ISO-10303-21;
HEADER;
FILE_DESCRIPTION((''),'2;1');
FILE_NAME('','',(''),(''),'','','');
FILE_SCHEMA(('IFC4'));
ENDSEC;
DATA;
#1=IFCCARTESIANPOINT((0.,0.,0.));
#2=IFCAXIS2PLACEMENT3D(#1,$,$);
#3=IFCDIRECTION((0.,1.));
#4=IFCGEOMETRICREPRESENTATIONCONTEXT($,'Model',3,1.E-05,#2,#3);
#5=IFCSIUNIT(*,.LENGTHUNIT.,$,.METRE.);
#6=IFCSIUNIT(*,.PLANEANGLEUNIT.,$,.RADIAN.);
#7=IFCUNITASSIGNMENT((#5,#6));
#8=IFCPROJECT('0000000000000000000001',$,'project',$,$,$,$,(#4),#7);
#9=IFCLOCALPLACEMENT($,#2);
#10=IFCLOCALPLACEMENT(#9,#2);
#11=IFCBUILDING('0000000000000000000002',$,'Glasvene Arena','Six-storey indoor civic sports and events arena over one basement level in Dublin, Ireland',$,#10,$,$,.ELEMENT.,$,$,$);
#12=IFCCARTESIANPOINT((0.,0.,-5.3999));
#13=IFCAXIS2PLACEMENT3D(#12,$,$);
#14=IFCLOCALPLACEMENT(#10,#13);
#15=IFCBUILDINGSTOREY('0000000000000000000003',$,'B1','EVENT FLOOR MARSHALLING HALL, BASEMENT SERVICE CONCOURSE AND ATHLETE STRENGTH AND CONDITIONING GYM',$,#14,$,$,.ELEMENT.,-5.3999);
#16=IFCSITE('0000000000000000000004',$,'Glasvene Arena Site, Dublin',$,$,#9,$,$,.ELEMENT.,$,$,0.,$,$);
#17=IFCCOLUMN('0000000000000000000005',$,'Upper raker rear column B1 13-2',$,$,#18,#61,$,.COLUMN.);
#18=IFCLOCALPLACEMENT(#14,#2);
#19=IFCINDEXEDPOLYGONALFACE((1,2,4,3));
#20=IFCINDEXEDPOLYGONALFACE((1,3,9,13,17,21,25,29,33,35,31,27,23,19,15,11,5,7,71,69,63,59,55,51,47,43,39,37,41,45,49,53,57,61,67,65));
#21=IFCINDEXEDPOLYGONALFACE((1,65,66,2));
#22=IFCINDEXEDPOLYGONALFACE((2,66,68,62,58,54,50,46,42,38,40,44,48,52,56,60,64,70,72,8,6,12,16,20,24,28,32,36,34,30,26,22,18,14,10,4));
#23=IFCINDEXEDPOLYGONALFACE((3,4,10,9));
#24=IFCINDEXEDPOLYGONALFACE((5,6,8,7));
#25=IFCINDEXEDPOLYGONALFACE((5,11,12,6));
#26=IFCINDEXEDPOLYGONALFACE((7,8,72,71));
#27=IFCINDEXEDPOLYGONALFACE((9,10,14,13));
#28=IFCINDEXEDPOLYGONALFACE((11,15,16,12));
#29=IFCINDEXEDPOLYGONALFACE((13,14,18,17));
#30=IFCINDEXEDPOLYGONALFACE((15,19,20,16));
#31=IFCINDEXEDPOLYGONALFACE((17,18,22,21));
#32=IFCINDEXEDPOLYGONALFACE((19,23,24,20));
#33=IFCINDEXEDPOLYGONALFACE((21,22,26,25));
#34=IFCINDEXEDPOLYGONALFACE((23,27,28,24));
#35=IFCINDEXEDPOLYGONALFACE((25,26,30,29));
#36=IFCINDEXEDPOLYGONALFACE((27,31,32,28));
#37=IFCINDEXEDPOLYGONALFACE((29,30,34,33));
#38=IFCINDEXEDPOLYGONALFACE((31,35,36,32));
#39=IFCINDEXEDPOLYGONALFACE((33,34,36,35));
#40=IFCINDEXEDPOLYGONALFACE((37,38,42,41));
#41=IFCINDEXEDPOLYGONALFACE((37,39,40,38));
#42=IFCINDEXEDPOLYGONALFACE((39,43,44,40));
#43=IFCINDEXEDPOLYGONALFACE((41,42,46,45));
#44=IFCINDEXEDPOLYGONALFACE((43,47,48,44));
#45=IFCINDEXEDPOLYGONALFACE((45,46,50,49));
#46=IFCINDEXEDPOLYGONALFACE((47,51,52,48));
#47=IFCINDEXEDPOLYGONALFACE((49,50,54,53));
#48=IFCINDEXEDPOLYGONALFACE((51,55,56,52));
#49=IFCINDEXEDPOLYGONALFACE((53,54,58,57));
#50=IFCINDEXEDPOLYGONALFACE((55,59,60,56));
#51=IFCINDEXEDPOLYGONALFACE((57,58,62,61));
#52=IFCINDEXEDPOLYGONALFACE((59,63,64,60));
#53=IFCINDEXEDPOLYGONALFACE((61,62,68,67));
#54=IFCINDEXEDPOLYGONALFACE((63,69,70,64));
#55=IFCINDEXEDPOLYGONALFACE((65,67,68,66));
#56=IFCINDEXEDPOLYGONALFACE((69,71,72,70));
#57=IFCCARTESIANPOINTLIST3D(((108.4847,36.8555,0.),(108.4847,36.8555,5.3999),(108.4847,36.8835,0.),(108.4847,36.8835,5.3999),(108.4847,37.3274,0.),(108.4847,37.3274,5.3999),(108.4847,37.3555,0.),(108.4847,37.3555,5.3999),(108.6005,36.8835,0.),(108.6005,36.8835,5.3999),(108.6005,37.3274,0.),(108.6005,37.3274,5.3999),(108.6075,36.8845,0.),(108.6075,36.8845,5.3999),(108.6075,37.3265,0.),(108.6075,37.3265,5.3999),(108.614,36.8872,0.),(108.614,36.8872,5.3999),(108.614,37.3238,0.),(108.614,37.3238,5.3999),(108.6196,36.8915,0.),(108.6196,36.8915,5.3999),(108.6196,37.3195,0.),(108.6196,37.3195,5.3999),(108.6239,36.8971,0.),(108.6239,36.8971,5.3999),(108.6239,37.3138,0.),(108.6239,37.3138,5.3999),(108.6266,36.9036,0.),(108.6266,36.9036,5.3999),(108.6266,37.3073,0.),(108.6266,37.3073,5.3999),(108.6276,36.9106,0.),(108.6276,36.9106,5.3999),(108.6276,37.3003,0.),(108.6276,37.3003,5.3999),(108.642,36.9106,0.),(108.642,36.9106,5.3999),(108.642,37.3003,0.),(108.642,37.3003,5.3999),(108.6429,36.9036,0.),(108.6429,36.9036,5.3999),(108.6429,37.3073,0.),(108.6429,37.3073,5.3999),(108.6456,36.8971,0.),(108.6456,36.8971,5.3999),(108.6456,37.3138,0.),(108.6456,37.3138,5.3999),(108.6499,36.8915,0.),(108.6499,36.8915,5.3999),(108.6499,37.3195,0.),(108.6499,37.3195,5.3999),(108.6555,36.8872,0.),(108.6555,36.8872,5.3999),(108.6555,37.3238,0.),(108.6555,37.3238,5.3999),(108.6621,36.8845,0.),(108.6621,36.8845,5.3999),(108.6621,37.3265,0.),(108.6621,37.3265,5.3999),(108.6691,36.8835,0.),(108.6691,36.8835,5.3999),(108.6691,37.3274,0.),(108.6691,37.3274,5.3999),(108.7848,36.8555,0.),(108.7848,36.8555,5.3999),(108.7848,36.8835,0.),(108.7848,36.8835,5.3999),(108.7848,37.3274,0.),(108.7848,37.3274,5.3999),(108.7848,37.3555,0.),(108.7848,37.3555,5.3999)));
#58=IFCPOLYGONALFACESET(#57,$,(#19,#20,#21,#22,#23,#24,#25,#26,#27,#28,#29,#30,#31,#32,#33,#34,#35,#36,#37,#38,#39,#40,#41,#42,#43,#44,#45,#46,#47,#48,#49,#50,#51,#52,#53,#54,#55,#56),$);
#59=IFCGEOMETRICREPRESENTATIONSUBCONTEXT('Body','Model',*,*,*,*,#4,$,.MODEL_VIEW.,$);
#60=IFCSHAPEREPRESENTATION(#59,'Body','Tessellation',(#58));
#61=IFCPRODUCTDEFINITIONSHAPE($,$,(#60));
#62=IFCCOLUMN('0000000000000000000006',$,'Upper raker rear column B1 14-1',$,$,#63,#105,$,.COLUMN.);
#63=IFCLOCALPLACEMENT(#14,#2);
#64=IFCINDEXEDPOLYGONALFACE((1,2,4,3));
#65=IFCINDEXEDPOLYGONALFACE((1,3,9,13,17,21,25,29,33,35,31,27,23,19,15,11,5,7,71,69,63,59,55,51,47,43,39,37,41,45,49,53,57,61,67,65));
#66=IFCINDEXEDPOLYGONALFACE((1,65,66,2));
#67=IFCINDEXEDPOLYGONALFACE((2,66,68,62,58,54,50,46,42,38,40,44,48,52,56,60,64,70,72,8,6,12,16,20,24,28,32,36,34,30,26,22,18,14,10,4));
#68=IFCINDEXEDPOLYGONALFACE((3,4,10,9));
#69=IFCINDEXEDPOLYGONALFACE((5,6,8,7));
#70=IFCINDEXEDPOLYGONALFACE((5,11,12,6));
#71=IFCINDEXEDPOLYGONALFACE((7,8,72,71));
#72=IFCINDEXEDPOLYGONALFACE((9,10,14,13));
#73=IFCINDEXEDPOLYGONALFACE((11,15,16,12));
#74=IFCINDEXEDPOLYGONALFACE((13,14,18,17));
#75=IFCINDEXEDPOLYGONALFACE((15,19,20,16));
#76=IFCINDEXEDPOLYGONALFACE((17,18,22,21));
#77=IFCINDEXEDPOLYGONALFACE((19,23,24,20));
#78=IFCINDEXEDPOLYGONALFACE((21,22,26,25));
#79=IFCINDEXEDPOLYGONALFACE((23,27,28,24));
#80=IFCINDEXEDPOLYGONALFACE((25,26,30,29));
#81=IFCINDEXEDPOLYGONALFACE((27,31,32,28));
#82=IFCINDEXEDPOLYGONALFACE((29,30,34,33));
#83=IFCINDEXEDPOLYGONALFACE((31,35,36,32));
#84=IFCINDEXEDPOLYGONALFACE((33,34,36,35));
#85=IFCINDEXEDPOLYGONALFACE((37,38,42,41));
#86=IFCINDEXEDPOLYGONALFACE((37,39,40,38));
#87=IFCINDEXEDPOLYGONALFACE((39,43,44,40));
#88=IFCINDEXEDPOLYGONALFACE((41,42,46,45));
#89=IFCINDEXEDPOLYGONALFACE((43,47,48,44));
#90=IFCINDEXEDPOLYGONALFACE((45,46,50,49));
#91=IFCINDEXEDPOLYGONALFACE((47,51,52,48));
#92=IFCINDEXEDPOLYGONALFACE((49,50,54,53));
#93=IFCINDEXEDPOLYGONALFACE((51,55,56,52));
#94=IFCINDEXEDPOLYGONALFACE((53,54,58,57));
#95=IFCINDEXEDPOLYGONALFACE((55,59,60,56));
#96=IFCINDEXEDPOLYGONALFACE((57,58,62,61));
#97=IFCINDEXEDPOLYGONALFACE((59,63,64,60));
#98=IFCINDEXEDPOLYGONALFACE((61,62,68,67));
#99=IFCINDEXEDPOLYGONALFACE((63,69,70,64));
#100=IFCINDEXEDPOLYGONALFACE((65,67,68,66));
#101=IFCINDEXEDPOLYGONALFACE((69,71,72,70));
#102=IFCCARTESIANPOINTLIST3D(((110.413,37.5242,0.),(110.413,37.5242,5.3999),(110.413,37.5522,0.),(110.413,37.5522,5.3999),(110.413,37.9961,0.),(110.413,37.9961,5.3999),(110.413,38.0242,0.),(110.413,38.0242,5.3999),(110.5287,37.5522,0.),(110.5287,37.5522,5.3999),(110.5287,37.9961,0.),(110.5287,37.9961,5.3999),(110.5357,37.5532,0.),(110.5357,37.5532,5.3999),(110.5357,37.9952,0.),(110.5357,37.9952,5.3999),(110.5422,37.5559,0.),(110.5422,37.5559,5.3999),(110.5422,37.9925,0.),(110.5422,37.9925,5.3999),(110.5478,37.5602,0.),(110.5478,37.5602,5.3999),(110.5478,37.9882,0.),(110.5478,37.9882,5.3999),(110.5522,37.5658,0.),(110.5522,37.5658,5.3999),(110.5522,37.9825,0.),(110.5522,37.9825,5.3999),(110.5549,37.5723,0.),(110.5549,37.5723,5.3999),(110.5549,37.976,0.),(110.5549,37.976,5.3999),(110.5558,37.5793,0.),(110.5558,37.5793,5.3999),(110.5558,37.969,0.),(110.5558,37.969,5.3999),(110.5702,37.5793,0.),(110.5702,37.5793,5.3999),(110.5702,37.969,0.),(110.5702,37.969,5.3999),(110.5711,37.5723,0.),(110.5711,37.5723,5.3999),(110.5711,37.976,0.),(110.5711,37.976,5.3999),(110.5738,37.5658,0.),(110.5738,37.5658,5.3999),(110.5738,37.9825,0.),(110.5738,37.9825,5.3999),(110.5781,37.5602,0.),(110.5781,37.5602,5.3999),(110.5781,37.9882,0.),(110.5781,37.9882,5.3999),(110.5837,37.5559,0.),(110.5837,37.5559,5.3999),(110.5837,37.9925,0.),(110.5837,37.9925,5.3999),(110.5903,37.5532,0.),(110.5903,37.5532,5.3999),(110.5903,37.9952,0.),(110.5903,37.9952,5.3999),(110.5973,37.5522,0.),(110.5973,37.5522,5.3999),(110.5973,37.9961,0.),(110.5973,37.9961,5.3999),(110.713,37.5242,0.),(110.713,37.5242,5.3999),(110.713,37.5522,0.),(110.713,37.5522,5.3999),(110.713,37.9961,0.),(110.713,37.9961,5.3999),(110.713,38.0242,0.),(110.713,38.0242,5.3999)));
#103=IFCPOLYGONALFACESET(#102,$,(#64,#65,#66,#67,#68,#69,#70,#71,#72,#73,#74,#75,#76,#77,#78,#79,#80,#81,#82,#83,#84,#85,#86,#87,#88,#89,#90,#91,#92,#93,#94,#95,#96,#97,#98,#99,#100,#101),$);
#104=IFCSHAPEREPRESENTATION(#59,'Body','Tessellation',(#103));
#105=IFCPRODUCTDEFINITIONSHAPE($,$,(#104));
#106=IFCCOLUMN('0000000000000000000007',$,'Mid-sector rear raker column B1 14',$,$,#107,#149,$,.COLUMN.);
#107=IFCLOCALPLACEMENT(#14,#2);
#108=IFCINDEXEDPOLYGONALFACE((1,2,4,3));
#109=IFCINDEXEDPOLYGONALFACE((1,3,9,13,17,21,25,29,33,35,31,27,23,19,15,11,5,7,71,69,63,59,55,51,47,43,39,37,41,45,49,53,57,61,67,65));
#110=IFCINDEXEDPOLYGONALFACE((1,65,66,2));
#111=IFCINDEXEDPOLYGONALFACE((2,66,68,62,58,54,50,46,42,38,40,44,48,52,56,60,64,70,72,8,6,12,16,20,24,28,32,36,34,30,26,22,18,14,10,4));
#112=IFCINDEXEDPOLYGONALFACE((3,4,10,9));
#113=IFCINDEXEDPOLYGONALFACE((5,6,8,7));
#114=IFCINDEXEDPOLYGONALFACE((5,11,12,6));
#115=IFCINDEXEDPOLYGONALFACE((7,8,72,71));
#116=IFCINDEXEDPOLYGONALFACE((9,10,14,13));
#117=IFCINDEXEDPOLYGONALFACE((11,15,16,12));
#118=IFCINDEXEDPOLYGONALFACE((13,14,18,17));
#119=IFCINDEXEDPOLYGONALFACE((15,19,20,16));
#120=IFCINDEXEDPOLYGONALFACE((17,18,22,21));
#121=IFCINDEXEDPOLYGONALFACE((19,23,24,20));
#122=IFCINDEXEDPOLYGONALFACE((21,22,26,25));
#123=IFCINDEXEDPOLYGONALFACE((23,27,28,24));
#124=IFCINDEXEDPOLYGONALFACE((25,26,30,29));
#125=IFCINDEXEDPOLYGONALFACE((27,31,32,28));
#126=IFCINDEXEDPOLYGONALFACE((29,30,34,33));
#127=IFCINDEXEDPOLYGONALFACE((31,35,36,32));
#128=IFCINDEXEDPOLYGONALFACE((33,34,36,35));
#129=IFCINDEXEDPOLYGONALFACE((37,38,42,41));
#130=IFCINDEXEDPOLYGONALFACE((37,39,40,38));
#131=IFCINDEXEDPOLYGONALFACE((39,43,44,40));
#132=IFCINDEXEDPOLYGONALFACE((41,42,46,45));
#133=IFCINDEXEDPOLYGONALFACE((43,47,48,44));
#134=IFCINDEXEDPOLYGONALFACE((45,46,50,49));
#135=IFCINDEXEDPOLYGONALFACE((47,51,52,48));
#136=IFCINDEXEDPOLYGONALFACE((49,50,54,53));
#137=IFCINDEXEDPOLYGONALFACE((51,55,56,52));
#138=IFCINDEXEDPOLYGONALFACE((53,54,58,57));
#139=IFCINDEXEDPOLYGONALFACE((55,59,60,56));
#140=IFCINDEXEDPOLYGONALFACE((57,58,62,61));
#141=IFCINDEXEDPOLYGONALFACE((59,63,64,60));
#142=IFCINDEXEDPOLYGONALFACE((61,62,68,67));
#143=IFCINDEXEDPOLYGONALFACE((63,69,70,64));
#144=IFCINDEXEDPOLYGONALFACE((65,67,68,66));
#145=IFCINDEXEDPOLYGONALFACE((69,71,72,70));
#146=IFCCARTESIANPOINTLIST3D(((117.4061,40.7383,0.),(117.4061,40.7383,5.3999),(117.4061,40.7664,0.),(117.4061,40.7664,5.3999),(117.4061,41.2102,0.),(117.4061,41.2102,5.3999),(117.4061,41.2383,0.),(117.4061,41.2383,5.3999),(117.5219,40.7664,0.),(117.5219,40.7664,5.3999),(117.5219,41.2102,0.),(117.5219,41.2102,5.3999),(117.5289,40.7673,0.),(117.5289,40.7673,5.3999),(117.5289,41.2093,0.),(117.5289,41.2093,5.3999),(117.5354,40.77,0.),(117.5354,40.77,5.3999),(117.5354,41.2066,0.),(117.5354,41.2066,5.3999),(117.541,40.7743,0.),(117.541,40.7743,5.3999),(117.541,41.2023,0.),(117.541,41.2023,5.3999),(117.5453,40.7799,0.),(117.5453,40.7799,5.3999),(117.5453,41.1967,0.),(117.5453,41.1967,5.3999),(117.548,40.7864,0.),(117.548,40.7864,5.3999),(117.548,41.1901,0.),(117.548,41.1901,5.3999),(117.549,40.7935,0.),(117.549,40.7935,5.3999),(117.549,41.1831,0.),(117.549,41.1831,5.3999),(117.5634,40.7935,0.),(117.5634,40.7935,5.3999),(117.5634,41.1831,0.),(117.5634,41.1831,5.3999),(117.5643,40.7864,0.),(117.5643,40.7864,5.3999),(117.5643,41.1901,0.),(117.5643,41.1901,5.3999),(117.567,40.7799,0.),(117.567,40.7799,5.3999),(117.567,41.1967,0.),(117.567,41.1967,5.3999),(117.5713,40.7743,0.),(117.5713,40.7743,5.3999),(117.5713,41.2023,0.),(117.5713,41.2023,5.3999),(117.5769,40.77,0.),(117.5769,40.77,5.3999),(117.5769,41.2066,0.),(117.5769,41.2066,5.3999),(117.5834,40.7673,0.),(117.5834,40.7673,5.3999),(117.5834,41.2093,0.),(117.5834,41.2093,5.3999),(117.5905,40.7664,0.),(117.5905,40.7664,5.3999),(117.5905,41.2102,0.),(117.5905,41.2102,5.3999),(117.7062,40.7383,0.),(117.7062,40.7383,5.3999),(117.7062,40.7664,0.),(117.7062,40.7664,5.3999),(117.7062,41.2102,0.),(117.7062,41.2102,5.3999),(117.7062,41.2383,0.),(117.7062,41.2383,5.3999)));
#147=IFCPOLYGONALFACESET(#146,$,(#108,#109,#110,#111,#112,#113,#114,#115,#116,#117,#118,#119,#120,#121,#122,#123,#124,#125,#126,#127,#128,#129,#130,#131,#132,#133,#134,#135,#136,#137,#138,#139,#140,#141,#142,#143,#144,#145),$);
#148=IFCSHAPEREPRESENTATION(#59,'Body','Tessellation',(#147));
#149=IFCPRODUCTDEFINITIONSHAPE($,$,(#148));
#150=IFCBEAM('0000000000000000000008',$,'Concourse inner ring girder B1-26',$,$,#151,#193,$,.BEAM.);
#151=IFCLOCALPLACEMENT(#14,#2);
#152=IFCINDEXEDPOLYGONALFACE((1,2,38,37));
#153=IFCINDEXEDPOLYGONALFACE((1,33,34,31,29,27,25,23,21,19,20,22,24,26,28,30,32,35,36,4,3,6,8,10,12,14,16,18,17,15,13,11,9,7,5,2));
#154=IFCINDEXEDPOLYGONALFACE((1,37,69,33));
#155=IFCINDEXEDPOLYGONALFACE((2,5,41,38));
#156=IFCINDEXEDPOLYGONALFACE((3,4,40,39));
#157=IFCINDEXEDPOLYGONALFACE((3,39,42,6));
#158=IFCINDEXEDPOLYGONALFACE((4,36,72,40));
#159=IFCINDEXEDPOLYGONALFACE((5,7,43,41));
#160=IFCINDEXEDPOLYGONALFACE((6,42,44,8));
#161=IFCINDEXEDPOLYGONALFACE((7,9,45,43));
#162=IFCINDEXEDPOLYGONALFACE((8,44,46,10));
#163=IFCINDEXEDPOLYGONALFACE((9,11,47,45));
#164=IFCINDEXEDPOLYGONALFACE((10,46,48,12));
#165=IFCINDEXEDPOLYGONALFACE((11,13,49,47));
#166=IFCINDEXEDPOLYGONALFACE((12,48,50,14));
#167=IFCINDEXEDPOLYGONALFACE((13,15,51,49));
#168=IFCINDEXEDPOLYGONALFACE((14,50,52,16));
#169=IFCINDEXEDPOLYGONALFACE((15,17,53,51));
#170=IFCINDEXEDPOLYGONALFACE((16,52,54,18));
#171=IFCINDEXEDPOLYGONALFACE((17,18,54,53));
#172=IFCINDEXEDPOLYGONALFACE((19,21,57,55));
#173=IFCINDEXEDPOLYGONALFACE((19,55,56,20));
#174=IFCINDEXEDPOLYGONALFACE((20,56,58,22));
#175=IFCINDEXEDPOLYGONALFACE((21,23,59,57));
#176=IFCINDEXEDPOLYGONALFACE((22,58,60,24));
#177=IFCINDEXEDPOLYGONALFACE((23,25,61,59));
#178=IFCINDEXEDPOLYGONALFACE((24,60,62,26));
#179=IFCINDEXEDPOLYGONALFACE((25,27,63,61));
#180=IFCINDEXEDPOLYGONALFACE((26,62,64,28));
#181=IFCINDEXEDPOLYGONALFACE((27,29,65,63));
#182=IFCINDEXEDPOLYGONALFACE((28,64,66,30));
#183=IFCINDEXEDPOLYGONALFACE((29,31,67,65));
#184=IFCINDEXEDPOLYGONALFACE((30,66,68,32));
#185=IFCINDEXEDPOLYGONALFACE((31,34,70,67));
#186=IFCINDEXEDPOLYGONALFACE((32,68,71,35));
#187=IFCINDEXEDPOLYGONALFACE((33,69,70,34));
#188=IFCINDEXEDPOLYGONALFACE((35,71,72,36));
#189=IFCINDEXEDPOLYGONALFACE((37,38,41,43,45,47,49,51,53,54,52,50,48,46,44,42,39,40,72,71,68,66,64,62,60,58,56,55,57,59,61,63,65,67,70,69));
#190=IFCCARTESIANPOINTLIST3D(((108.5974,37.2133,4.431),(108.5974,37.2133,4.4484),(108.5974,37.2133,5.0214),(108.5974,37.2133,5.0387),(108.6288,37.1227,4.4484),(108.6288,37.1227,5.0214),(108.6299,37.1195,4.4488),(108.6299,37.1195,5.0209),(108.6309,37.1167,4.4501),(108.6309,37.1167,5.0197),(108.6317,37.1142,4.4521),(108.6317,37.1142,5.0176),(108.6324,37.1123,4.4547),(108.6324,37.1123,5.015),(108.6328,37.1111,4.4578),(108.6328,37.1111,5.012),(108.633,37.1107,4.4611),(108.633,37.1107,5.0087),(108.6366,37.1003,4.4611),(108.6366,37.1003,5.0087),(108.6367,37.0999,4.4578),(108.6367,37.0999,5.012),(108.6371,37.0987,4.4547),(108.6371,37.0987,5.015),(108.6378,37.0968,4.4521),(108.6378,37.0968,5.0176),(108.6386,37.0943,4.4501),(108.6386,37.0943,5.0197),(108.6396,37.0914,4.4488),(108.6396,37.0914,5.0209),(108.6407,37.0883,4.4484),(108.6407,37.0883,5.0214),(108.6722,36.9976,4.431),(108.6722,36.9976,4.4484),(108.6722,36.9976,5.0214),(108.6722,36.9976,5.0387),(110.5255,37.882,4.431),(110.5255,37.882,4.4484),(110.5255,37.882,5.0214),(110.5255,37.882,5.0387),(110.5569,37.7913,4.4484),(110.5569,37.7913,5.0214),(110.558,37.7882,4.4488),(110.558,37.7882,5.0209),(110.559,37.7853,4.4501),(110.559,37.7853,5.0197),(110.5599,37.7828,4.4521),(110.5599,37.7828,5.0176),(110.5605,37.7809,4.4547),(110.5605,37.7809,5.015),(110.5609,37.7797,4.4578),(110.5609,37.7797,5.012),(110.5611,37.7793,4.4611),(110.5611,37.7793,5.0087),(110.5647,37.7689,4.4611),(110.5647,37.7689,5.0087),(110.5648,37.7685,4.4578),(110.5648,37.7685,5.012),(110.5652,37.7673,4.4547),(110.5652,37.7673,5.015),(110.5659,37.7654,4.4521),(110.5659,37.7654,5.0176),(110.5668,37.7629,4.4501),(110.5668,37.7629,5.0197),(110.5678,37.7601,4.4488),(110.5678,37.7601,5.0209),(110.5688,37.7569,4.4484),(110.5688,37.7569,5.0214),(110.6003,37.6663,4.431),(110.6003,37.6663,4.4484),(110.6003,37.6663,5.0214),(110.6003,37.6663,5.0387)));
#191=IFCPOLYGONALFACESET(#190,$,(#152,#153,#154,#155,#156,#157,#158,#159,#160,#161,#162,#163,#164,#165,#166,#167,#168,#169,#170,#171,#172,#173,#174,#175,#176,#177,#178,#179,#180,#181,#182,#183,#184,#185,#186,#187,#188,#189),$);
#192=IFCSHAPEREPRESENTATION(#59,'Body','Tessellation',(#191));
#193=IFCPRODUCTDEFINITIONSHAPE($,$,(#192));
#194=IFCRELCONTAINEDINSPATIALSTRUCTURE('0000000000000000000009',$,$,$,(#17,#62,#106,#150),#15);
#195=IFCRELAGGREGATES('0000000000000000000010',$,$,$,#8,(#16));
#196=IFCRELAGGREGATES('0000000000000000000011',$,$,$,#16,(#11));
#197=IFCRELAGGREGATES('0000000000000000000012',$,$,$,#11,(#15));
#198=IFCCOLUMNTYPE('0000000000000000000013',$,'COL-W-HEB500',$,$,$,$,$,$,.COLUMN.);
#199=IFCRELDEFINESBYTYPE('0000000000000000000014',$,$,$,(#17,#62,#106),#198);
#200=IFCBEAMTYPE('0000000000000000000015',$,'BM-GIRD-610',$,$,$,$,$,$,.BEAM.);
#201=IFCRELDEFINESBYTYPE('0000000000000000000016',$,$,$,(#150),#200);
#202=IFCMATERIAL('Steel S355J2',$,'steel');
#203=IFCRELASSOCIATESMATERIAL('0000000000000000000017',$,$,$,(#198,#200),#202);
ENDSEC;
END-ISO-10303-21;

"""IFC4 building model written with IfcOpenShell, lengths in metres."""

from ifc_helpers import new_model, si_unit, direction, frame, origin, origin_2d, place, context, subcontext, project, spatial, i_section, extrude, material, material_profile, profile_set, type_object, element, save


model = new_model("IFC4")

# Units and contexts
model_context = context("Model", 3, precision=1e-05, world=origin(), true_north=direction((0.0, 1.0)))
body_context = subcontext(model_context, "Body", "Model", "MODEL_VIEW")
ifc_project = project(units=[si_unit("LENGTHUNIT", "METRE"), si_unit("PLANEANGLEUNIT", "RADIAN")], contexts=[model_context])

# Site, building, storey
site_placement = place(None, origin())
site = spatial("IfcSite", under=ifc_project, at=site_placement, Name="Glasvene Arena Site, Dublin", CompositionType="ELEMENT", RefElevation=0.0)
building_placement = place(site_placement, origin())
building = spatial("IfcBuilding", under=site, at=building_placement, Name="Glasvene Arena", Description="Six-storey indoor civic sports and events arena over one basement level in Dublin, Ireland", CompositionType="ELEMENT")
storey_placement = place(building_placement, frame((0.0, 0.0, -5.3999)))
storey = spatial("IfcBuildingStorey", under=building, at=storey_placement, Name="B1", Description="EVENT FLOOR MARSHALLING HALL, BASEMENT SERVICE CONCOURSE AND ATHLETE STRENGTH AND CONDITIONING GYM", CompositionType="ELEMENT", Elevation=-5.3999)

# Columns
ifc_material_1 = material(Name="Steel S355J2", Category="steel")
ifc_material_profile_1 = material_profile(ifc_material_1, i_section(OverallWidth=0.3, OverallDepth=0.5, WebThickness=0.0144, FlangeThickness=0.0281, FilletRadius=0.0271, at=origin_2d()), Name="HEB 500")
ifc_profile_set_1 = profile_set([ifc_material_profile_1], Name="Steel S355J2")
column_type_1 = type_object("IfcColumnType", Name="COL-W-HEB500", PredefinedType="COLUMN", material=ifc_profile_set_1)
for number, where, z_axis, x_axis, name in (
    (1, (108.6348, 37.1055, 0.0), (0.0, 0.0, 1.0), (1.0, 0.0, 0.0), "Upper raker rear column B1 13-2"),
    (2, (110.563, 37.7742, 0.0), (0.0, 0.0, 1.0), (1.0, 0.0, 0.0), "Upper raker rear column B1 14-1"),
    (3, (117.5562, 40.9883, 0.0), (0.0, 0.0, 1.0), (1.0, 0.0, 0.0), "Mid-sector rear raker column B1 14"),
):
    element("IfcColumn", number, at=place(storey_placement, frame(where, z_axis=z_axis, x_axis=x_axis)), inside=storey, type_object=column_type_1, Name=name, PredefinedType="COLUMN", context=body_context, shape_type="SweptSolid", body=[
        extrude(i_section(OverallWidth=0.3, OverallDepth=0.5, WebThickness=0.0144, FlangeThickness=0.0281, FilletRadius=0.0271, at=origin_2d()), origin(), (0.0, 0.0, 1.0), 5.3999),
    ])

# Beam
ifc_material_profile_2 = material_profile(ifc_material_1, i_section(OverallWidth=0.2283, OverallDepth=0.6077, WebThickness=0.011, FlangeThickness=0.0173, FilletRadius=0.0127, at=origin_2d()), Name="UKB 610x229x113")
ifc_profile_set_2 = profile_set([ifc_material_profile_2], Name="Steel S355J2")
beam_type_1 = type_object("IfcBeamType", Name="BM-GIRD-610", PredefinedType="BEAM", material=ifc_profile_set_2)
beam_1_placement = place(storey_placement, frame((108.6348, 37.1055, 4.7349), z_axis=(0.944798, 0.327653, 0.0), x_axis=(-0.327653, 0.944798, 0.0)))
element("IfcBeam", 4, at=beam_1_placement, inside=storey, type_object=beam_type_1, Name="Concourse inner ring girder B1-26", PredefinedType="BEAM", context=body_context, shape_type="SweptSolid", body=[
    extrude(i_section(OverallWidth=0.2283, OverallDepth=0.6077, WebThickness=0.011, FlangeThickness=0.0173, FilletRadius=0.0127, at=origin_2d()), origin(), (0.0, 0.0, 1.0), 2.0408),
])

save(model, "model.ifc")
